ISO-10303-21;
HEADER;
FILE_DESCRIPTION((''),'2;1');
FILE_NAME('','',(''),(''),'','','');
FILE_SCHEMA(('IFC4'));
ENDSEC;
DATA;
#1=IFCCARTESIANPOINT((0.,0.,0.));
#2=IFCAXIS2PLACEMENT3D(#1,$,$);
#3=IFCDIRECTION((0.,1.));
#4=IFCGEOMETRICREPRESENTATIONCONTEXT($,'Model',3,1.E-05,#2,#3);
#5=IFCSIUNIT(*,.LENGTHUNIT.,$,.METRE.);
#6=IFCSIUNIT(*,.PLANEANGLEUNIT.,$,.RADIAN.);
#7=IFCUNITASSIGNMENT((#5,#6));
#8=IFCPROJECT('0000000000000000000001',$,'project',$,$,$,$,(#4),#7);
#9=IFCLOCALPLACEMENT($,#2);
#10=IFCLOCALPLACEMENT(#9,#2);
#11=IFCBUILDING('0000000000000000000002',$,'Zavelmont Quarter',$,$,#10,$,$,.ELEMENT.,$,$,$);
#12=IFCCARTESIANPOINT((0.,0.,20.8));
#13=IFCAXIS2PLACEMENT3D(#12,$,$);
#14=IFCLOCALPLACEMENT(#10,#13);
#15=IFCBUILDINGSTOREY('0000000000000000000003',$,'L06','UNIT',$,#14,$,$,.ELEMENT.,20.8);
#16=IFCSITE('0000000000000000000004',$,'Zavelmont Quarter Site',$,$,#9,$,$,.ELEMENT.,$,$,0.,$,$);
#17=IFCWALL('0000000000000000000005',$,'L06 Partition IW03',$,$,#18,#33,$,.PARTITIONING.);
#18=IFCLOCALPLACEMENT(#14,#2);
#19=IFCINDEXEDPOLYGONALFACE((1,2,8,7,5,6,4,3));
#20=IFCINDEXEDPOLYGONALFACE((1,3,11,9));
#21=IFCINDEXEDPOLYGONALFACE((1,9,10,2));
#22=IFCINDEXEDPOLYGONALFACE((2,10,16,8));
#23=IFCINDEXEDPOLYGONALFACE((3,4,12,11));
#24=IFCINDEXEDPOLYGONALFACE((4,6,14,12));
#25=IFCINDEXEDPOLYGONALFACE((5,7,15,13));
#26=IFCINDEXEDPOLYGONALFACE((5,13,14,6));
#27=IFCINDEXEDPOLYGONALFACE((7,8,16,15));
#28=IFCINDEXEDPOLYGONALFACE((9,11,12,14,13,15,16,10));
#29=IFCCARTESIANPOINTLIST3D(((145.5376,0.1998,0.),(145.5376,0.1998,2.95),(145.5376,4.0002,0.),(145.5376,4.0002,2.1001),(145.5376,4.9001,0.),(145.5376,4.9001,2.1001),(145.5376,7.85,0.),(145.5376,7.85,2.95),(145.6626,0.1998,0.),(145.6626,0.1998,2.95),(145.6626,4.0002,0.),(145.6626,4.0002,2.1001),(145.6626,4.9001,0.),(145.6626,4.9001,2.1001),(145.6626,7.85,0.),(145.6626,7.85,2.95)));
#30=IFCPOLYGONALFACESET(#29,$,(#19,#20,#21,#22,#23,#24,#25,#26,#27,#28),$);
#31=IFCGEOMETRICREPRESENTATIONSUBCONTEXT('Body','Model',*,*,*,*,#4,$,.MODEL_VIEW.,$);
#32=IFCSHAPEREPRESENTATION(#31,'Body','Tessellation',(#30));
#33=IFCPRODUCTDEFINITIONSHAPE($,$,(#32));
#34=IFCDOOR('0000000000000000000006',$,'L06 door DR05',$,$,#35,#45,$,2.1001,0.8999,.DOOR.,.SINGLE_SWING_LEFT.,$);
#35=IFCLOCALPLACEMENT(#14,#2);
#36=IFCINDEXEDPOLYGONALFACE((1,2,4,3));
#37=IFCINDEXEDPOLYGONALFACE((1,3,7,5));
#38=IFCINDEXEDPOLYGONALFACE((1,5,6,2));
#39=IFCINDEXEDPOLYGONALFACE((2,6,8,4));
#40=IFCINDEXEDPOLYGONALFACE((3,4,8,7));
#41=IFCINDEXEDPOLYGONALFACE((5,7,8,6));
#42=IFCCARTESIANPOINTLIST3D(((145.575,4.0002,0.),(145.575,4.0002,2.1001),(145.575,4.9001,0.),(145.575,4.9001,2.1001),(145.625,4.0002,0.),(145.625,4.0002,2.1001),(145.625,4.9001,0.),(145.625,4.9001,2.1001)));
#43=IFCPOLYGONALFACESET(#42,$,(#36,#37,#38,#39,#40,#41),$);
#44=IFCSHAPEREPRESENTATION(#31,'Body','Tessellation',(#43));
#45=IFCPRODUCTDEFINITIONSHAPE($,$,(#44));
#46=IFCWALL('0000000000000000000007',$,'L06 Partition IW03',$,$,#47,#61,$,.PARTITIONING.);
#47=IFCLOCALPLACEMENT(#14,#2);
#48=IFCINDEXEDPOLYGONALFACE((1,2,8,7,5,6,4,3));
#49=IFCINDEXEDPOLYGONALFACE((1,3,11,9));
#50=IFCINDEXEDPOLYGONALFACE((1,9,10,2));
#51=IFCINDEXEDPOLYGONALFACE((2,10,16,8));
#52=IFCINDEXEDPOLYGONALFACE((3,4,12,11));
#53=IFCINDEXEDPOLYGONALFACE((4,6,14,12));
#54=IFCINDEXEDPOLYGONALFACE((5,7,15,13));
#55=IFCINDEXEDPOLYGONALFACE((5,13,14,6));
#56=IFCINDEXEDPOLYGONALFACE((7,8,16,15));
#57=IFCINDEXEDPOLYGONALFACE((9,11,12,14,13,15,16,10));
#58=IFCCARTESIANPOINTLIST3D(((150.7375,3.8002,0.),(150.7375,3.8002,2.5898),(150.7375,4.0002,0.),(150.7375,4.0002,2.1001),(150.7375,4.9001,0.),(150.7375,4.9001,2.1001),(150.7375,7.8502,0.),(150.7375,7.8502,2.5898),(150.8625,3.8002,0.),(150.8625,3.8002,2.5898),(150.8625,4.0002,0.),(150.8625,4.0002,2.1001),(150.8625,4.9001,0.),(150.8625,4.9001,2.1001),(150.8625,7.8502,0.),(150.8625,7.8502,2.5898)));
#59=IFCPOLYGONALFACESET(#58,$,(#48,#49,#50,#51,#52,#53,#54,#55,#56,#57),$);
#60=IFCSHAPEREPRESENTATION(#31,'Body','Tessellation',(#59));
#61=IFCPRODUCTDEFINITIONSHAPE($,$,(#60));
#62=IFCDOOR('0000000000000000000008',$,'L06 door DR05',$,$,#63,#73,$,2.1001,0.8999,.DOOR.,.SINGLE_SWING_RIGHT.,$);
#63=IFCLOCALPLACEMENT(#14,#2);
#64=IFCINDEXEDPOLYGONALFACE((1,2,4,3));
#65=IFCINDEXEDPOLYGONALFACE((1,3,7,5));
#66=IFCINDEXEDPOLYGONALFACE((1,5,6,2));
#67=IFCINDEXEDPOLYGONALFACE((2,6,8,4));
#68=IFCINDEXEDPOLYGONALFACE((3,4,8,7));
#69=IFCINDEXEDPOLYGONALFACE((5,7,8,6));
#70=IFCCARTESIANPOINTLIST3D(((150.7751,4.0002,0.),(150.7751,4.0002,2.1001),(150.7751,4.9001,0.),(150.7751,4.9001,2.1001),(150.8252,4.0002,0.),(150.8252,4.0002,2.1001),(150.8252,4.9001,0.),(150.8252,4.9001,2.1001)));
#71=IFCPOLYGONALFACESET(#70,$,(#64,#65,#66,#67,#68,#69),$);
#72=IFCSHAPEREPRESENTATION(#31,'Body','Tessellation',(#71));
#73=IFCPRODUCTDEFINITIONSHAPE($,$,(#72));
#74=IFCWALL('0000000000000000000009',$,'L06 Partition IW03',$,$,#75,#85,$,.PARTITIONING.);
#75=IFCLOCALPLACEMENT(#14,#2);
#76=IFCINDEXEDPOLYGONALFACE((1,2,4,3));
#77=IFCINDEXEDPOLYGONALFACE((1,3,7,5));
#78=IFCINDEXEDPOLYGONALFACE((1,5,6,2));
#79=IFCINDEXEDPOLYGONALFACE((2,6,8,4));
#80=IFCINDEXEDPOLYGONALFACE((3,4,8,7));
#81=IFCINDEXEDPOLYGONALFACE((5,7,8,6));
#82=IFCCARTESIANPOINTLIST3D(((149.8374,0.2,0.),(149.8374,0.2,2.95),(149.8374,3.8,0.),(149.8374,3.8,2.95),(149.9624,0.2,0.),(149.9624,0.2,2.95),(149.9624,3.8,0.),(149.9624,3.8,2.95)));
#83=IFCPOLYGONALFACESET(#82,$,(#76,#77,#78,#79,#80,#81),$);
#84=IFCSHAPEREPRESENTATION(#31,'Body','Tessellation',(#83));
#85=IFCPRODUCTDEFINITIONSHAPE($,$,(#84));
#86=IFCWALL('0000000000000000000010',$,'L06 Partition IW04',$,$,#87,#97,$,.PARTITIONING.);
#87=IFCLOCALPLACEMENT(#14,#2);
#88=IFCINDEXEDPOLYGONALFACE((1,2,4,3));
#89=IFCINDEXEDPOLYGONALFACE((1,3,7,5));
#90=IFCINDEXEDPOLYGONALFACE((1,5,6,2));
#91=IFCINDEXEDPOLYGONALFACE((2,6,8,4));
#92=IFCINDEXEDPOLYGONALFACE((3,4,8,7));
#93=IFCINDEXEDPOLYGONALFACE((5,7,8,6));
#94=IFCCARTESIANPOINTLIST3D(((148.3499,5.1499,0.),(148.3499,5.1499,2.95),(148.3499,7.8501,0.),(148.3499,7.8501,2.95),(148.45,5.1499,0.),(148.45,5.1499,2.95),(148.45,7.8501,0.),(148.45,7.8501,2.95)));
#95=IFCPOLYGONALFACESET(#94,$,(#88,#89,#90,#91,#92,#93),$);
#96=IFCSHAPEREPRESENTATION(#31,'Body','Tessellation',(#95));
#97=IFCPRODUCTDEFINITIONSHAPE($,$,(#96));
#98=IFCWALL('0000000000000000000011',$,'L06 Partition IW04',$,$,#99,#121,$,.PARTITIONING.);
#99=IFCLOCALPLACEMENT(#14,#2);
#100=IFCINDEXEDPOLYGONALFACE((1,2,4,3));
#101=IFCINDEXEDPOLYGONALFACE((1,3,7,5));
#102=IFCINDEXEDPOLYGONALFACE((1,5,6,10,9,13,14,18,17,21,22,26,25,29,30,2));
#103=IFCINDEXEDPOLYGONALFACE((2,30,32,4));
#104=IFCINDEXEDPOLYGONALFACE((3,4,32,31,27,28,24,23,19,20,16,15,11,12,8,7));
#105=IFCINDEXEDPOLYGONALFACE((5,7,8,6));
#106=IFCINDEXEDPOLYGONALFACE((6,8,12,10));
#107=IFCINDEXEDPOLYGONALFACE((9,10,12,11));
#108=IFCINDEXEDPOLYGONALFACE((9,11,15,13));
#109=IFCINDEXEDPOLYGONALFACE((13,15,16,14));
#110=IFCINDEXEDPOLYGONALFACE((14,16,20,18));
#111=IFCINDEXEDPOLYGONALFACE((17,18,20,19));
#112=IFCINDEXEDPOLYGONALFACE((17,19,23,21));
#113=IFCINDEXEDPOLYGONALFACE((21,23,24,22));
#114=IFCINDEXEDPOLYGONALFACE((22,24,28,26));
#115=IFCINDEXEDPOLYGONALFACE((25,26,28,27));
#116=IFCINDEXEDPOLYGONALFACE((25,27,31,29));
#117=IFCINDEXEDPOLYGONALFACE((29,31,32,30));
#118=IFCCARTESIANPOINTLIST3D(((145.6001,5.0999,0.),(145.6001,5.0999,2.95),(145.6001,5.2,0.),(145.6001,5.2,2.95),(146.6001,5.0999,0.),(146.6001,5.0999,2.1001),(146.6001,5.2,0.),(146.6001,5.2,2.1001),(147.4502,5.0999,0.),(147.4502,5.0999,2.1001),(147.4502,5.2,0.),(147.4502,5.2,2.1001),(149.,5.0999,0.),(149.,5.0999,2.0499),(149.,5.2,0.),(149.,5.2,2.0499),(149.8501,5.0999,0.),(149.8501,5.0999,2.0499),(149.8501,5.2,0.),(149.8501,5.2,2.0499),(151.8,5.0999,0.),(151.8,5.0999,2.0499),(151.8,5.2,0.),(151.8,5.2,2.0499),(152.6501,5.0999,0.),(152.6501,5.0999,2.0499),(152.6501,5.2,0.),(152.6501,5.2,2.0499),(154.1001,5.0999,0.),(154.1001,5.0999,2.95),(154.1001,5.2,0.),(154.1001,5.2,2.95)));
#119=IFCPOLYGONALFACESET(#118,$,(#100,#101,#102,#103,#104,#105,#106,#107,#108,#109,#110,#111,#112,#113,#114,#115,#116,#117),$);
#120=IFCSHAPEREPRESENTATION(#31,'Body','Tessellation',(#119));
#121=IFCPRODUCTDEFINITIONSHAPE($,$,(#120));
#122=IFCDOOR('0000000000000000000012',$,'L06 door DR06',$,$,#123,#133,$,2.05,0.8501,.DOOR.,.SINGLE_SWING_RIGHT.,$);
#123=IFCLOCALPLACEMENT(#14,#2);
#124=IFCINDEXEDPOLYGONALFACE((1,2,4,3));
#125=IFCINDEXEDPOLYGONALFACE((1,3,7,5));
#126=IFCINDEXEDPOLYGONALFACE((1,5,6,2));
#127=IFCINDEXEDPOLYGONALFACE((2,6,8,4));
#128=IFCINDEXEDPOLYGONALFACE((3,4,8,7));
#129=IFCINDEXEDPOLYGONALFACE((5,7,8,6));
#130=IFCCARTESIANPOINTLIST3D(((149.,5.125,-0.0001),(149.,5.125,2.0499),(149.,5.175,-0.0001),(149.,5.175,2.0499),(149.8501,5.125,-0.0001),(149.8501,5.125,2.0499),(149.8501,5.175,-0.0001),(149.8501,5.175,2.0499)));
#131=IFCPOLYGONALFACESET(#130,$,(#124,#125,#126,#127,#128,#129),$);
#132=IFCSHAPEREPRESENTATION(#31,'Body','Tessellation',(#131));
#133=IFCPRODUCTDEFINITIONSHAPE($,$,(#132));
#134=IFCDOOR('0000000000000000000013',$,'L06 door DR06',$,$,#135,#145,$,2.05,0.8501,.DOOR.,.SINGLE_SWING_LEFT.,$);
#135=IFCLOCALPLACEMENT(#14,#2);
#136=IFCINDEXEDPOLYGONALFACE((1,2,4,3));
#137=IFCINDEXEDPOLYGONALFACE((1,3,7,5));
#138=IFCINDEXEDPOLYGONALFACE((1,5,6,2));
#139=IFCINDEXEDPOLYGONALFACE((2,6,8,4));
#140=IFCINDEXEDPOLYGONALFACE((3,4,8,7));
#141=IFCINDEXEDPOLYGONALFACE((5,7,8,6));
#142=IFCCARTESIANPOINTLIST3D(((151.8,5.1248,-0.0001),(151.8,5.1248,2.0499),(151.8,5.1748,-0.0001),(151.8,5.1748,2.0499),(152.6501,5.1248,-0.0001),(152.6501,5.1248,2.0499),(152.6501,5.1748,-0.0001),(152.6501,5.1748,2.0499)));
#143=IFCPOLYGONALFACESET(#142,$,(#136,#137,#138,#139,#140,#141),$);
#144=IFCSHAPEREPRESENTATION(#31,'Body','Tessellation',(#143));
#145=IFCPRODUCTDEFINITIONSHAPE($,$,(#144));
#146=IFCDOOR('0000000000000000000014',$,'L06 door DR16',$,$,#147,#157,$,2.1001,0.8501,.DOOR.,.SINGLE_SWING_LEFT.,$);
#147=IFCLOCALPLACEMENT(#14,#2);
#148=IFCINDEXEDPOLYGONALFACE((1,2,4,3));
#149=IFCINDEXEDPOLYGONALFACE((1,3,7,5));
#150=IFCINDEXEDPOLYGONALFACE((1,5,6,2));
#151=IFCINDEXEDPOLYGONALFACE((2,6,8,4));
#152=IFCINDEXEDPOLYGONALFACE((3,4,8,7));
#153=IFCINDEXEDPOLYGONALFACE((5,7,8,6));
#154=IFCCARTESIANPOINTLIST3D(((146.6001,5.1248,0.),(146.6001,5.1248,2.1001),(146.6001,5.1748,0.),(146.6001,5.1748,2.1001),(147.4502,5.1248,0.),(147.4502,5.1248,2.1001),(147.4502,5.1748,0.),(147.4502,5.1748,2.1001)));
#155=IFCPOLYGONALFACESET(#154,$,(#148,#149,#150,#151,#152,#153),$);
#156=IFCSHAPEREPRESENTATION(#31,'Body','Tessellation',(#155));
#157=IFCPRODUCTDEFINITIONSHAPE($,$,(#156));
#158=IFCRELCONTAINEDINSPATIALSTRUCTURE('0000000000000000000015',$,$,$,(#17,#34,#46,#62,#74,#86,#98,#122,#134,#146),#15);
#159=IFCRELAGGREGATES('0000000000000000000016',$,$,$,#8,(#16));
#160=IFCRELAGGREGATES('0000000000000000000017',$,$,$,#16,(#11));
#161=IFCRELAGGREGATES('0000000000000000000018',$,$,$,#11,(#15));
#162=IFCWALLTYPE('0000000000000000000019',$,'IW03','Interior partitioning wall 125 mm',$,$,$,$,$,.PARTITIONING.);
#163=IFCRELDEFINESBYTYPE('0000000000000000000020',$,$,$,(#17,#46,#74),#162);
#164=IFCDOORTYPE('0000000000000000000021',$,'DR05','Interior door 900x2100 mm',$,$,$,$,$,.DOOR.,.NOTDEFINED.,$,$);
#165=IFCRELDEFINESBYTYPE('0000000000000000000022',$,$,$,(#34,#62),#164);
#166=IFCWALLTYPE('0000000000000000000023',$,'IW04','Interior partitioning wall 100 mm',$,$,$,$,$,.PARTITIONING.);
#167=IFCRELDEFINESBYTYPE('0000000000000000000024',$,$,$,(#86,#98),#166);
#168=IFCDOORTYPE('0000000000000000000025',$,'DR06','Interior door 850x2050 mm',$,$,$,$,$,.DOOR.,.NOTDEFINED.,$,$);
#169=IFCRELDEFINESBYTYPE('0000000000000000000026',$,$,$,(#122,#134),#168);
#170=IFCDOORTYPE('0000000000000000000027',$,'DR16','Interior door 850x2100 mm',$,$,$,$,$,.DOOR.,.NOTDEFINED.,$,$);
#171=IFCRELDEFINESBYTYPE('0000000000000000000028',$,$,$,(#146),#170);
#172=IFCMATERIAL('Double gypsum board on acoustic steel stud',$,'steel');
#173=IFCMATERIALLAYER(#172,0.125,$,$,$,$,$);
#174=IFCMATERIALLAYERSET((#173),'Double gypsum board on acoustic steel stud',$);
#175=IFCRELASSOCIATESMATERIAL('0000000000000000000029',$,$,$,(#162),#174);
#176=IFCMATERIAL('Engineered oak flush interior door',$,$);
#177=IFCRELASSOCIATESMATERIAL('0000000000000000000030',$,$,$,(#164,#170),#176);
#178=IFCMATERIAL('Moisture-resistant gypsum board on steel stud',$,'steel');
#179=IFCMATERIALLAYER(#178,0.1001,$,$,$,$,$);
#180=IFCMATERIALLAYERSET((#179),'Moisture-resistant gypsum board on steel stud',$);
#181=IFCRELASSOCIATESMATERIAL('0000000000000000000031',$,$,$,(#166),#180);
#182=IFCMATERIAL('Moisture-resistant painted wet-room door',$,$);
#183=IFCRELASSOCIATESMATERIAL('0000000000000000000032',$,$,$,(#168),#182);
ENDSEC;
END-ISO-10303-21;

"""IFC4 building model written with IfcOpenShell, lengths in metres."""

from ifc_helpers import new_model, si_unit, direction, frame, frame_2d, origin, origin_with_axes, place, context, subcontext, project, spatial, rectangle, extrude, material, layer, layer_set, type_object, element, fill, save


model = new_model("IFC4")

# Units and contexts
model_context = context("Model", 3, precision=1e-05, world=origin(), true_north=direction((0.0, 1.0)))
body_context = subcontext(model_context, "Body", "Model", "MODEL_VIEW")
ifc_project = project(units=[si_unit("LENGTHUNIT", "METRE"), si_unit("PLANEANGLEUNIT", "RADIAN")], contexts=[model_context])

# Site, building, storey
site_placement = place(None, origin())
site = spatial("IfcSite", under=ifc_project, at=site_placement, Name="Zavelmont Quarter Site", CompositionType="ELEMENT", RefElevation=0.0)
building_placement = place(site_placement, origin())
building = spatial("IfcBuilding", under=site, at=building_placement, Name="Zavelmont Quarter", CompositionType="ELEMENT")
storey_placement = place(building_placement, frame((0.0, 0.0, 20.8)))
storey = spatial("IfcBuildingStorey", under=building, at=storey_placement, Name="L06", Description="UNIT", CompositionType="ELEMENT", Elevation=20.8)

# Walls, openings, doors
ifc_material_1 = material(Name="Double gypsum board on acoustic steel stud", Category="steel")
ifc_layer_1 = layer(ifc_material_1, 0.125)
ifc_layer_set_1 = layer_set([ifc_layer_1], Name="Double gypsum board on acoustic steel stud")
wall_type_1 = type_object("IfcWallType", Name="IW03", Description="Interior partitioning wall 125 mm", PredefinedType="PARTITIONING", material=ifc_layer_set_1)
wall_1_placement = place(storey_placement, frame((145.6001, 7.8501, 0.0), z_axis=(0.0, 0.0, 1.0), x_axis=(0.0, -1.0, 0.0)))
wall_1 = element("IfcWall", 1, at=wall_1_placement, inside=storey, type_object=wall_type_1, Name="L06 Partition IW03", PredefinedType="PARTITIONING", context=body_context, shape_type="SweptSolid", body=[
    extrude(rectangle(XDim=7.6501, YDim=0.125, at=frame_2d((3.8252, 0.0))), origin(), (0.0, 0.0, 1.0), 2.95),
])
opening_1_placement = place(wall_1_placement, frame((2.95, 0.0, 0.0)))
opening_1 = element("IfcOpeningElement", 2, at=opening_1_placement, cuts=wall_1, PredefinedType="OPENING", context=body_context, shape_type="SweptSolid", body=[
    extrude(rectangle(XDim=0.8999, YDim=2.1001, at=frame_2d((0.45, 1.05))), frame((0.0, 0.0745, 0.0), z_axis=(0.0, -1.0, 0.0), x_axis=(1.0, 0.0, 0.0)), (0.0, 0.0, 1.0), 0.1489),
])
ifc_material_2 = material(Name="Engineered oak flush interior door")
door_type_1 = type_object("IfcDoorType", Name="DR05", Description="Interior door 900x2100 mm", OperationType="NOTDEFINED", PredefinedType="DOOR", material=ifc_material_2)
door_1_placement = place(opening_1_placement, origin_with_axes())
door_1 = element("IfcDoor", 3, at=door_1_placement, inside=storey, type_object=door_type_1, Name="L06 door DR05", OperationType="SINGLE_SWING_LEFT", OverallHeight=2.1001, OverallWidth=0.8999, PredefinedType="DOOR", context=body_context, shape_type="SweptSolid", body=[
    extrude(rectangle(XDim=0.8999, YDim=2.1001, at=frame_2d((0.45, 1.05))), frame((0.0, 0.0249, 0.0), z_axis=(0.0, -1.0, 0.0), x_axis=(1.0, 0.0, 0.0)), (0.0, 0.0, 1.0), 0.05),
])
fill(opening_1, door_1)
wall_2_placement = place(storey_placement, frame((150.8, 7.8501, 0.0), z_axis=(0.0, 0.0, 1.0), x_axis=(0.0, -1.0, 0.0)))
wall_2 = element("IfcWall", 4, at=wall_2_placement, inside=storey, type_object=wall_type_1, Name="L06 Partition IW03", PredefinedType="PARTITIONING", context=body_context, shape_type="SweptSolid", body=[
    extrude(rectangle(XDim=4.05, YDim=0.125, at=frame_2d((2.0249, 0.0))), origin(), (0.0, 0.0, 1.0), 2.5898),
])
opening_2_placement = place(wall_2_placement, frame((2.95, 0.0, 0.0)))
opening_2 = element("IfcOpeningElement", 5, at=opening_2_placement, cuts=wall_2, PredefinedType="OPENING", context=body_context, shape_type="SweptSolid", body=[
    extrude(rectangle(XDim=0.8999, YDim=2.1001, at=frame_2d((0.45, 1.05))), frame((0.0, 0.0745, 0.0), z_axis=(0.0, -1.0, 0.0), x_axis=(1.0, 0.0, 0.0)), (0.0, 0.0, 1.0), 0.1489),
])
door_2_placement = place(opening_2_placement, frame((0.8999, 0.0, 0.0), z_axis=(0.0, 0.0, 1.0), x_axis=(-1.0, 0.0, 0.0)))
door_2 = element("IfcDoor", 6, at=door_2_placement, inside=storey, type_object=door_type_1, Name="L06 door DR05", OperationType="SINGLE_SWING_RIGHT", OverallHeight=2.1001, OverallWidth=0.8999, PredefinedType="DOOR", context=body_context, shape_type="SweptSolid", body=[
    extrude(rectangle(XDim=0.8999, YDim=2.1001, at=frame_2d((0.45, 1.05))), frame((0.0, 0.0249, 0.0), z_axis=(0.0, -1.0, 0.0), x_axis=(1.0, 0.0, 0.0)), (0.0, 0.0, 1.0), 0.05),
])
fill(opening_2, door_2)

# Walls
wall_3_placement = place(storey_placement, frame((149.8999, 3.8, 0.0), z_axis=(0.0, 0.0, 1.0), x_axis=(0.0, -1.0, 0.0)))
element("IfcWall", 7, at=wall_3_placement, inside=storey, type_object=wall_type_1, Name="L06 Partition IW03", PredefinedType="PARTITIONING", context=body_context, shape_type="SweptSolid", body=[
    extrude(rectangle(XDim=3.6001, YDim=0.125, at=frame_2d((1.8, 0.0))), origin(), (0.0, 0.0, 1.0), 2.95),
])
ifc_material_3 = material(Name="Moisture-resistant gypsum board on steel stud", Category="steel")
ifc_layer_2 = layer(ifc_material_3, 0.1001)
ifc_layer_set_2 = layer_set([ifc_layer_2], Name="Moisture-resistant gypsum board on steel stud")
wall_type_2 = type_object("IfcWallType", Name="IW04", Description="Interior partitioning wall 100 mm", PredefinedType="PARTITIONING", material=ifc_layer_set_2)
wall_4_placement = place(storey_placement, frame((148.3999, 7.8501, 0.0), z_axis=(0.0, 0.0, 1.0), x_axis=(0.0, -1.0, 0.0)))
element("IfcWall", 8, at=wall_4_placement, inside=storey, type_object=wall_type_2, Name="L06 Partition IW04", PredefinedType="PARTITIONING", context=body_context, shape_type="SweptSolid", body=[
    extrude(rectangle(XDim=2.7002, YDim=0.1001, at=frame_2d((1.3501, 0.0))), origin(), (0.0, 0.0, 1.0), 2.95),
])

# Wall, openings, doors
wall_5_placement = place(storey_placement, frame((145.6001, 5.1499, 0.0), z_axis=(0.0, 0.0, 1.0), x_axis=(1.0, 0.0, 0.0)))
wall_5 = element("IfcWall", 9, at=wall_5_placement, inside=storey, type_object=wall_type_2, Name="L06 Partition IW04", PredefinedType="PARTITIONING", context=body_context, shape_type="SweptSolid", body=[
    extrude(rectangle(XDim=8.5, YDim=0.1001, at=frame_2d((4.25, 0.0))), origin(), (0.0, 0.0, 1.0), 2.95),
])
opening_3_placement = place(wall_5_placement, frame((1.0, 0.0, 0.0)))
opening_3 = element("IfcOpeningElement", 10, at=opening_3_placement, cuts=wall_5, PredefinedType="OPENING", context=body_context, shape_type="SweptSolid", body=[
    extrude(rectangle(XDim=0.8501, YDim=2.1001, at=frame_2d((0.425, 1.05))), frame((0.0, 0.062, 0.0), z_axis=(0.0, -1.0, 0.0), x_axis=(1.0, 0.0, 0.0)), (0.0, 0.0, 1.0), 0.124),
])
opening_4_placement = place(wall_5_placement, frame((3.3999, 0.0, 0.0)))
opening_4 = element("IfcOpeningElement", 11, at=opening_4_placement, cuts=wall_5, PredefinedType="OPENING", context=body_context, shape_type="SweptSolid", body=[
    extrude(rectangle(XDim=0.8501, YDim=2.05, at=frame_2d((0.425, 1.0249))), frame((0.0, 0.062, 0.0), z_axis=(0.0, -1.0, 0.0), x_axis=(1.0, 0.0, 0.0)), (0.0, 0.0, 1.0), 0.124),
])
opening_5_placement = place(wall_5_placement, frame((6.2, 0.0, 0.0)))
opening_5 = element("IfcOpeningElement", 12, at=opening_5_placement, cuts=wall_5, PredefinedType="OPENING", context=body_context, shape_type="SweptSolid", body=[
    extrude(rectangle(XDim=0.8501, YDim=2.05, at=frame_2d((0.425, 1.0249))), frame((0.0, 0.062, 0.0), z_axis=(0.0, -1.0, 0.0), x_axis=(1.0, 0.0, 0.0)), (0.0, 0.0, 1.0), 0.124),
])
ifc_material_4 = material(Name="Moisture-resistant painted wet-room door")
door_type_2 = type_object("IfcDoorType", Name="DR06", Description="Interior door 850x2050 mm", OperationType="NOTDEFINED", PredefinedType="DOOR", material=ifc_material_4)
door_3_placement = place(opening_4_placement, frame((0.8501, 0.0, 0.0), z_axis=(0.0, 0.0, 1.0), x_axis=(-1.0, 0.0, 0.0)))
door_3 = element("IfcDoor", 13, at=door_3_placement, inside=storey, type_object=door_type_2, Name="L06 door DR06", OperationType="SINGLE_SWING_RIGHT", OverallHeight=2.05, OverallWidth=0.8501, PredefinedType="DOOR", context=body_context, shape_type="SweptSolid", body=[
    extrude(rectangle(XDim=0.8501, YDim=2.05, at=frame_2d((0.425, 1.0249))), frame((0.0, 0.0249, 0.0), z_axis=(0.0, -1.0, 0.0), x_axis=(1.0, 0.0, 0.0)), (0.0, 0.0, 1.0), 0.05),
])
fill(opening_4, door_3)
door_4_placement = place(opening_5_placement, origin_with_axes())
door_4 = element("IfcDoor", 14, at=door_4_placement, inside=storey, type_object=door_type_2, Name="L06 door DR06", OperationType="SINGLE_SWING_LEFT", OverallHeight=2.05, OverallWidth=0.8501, PredefinedType="DOOR", context=body_context, shape_type="SweptSolid", body=[
    extrude(rectangle(XDim=0.8501, YDim=2.05, at=frame_2d((0.425, 1.0249))), frame((0.0, 0.0249, 0.0), z_axis=(0.0, -1.0, 0.0), x_axis=(1.0, 0.0, 0.0)), (0.0, 0.0, 1.0), 0.05),
])
fill(opening_5, door_4)
door_type_3 = type_object("IfcDoorType", Name="DR16", Description="Interior door 850x2100 mm", OperationType="NOTDEFINED", PredefinedType="DOOR", material=ifc_material_2)
door_5_placement = place(opening_3_placement, origin_with_axes())
door_5 = element("IfcDoor", 15, at=door_5_placement, inside=storey, type_object=door_type_3, Name="L06 door DR16", OperationType="SINGLE_SWING_LEFT", OverallHeight=2.1001, OverallWidth=0.8501, PredefinedType="DOOR", context=body_context, shape_type="SweptSolid", body=[
    extrude(rectangle(XDim=0.8501, YDim=2.1001, at=frame_2d((0.425, 1.05))), frame((0.0, 0.0249, 0.0), z_axis=(0.0, -1.0, 0.0), x_axis=(1.0, 0.0, 0.0)), (0.0, 0.0, 1.0), 0.05),
])
fill(opening_3, door_5)

save(model, "model.ifc")
